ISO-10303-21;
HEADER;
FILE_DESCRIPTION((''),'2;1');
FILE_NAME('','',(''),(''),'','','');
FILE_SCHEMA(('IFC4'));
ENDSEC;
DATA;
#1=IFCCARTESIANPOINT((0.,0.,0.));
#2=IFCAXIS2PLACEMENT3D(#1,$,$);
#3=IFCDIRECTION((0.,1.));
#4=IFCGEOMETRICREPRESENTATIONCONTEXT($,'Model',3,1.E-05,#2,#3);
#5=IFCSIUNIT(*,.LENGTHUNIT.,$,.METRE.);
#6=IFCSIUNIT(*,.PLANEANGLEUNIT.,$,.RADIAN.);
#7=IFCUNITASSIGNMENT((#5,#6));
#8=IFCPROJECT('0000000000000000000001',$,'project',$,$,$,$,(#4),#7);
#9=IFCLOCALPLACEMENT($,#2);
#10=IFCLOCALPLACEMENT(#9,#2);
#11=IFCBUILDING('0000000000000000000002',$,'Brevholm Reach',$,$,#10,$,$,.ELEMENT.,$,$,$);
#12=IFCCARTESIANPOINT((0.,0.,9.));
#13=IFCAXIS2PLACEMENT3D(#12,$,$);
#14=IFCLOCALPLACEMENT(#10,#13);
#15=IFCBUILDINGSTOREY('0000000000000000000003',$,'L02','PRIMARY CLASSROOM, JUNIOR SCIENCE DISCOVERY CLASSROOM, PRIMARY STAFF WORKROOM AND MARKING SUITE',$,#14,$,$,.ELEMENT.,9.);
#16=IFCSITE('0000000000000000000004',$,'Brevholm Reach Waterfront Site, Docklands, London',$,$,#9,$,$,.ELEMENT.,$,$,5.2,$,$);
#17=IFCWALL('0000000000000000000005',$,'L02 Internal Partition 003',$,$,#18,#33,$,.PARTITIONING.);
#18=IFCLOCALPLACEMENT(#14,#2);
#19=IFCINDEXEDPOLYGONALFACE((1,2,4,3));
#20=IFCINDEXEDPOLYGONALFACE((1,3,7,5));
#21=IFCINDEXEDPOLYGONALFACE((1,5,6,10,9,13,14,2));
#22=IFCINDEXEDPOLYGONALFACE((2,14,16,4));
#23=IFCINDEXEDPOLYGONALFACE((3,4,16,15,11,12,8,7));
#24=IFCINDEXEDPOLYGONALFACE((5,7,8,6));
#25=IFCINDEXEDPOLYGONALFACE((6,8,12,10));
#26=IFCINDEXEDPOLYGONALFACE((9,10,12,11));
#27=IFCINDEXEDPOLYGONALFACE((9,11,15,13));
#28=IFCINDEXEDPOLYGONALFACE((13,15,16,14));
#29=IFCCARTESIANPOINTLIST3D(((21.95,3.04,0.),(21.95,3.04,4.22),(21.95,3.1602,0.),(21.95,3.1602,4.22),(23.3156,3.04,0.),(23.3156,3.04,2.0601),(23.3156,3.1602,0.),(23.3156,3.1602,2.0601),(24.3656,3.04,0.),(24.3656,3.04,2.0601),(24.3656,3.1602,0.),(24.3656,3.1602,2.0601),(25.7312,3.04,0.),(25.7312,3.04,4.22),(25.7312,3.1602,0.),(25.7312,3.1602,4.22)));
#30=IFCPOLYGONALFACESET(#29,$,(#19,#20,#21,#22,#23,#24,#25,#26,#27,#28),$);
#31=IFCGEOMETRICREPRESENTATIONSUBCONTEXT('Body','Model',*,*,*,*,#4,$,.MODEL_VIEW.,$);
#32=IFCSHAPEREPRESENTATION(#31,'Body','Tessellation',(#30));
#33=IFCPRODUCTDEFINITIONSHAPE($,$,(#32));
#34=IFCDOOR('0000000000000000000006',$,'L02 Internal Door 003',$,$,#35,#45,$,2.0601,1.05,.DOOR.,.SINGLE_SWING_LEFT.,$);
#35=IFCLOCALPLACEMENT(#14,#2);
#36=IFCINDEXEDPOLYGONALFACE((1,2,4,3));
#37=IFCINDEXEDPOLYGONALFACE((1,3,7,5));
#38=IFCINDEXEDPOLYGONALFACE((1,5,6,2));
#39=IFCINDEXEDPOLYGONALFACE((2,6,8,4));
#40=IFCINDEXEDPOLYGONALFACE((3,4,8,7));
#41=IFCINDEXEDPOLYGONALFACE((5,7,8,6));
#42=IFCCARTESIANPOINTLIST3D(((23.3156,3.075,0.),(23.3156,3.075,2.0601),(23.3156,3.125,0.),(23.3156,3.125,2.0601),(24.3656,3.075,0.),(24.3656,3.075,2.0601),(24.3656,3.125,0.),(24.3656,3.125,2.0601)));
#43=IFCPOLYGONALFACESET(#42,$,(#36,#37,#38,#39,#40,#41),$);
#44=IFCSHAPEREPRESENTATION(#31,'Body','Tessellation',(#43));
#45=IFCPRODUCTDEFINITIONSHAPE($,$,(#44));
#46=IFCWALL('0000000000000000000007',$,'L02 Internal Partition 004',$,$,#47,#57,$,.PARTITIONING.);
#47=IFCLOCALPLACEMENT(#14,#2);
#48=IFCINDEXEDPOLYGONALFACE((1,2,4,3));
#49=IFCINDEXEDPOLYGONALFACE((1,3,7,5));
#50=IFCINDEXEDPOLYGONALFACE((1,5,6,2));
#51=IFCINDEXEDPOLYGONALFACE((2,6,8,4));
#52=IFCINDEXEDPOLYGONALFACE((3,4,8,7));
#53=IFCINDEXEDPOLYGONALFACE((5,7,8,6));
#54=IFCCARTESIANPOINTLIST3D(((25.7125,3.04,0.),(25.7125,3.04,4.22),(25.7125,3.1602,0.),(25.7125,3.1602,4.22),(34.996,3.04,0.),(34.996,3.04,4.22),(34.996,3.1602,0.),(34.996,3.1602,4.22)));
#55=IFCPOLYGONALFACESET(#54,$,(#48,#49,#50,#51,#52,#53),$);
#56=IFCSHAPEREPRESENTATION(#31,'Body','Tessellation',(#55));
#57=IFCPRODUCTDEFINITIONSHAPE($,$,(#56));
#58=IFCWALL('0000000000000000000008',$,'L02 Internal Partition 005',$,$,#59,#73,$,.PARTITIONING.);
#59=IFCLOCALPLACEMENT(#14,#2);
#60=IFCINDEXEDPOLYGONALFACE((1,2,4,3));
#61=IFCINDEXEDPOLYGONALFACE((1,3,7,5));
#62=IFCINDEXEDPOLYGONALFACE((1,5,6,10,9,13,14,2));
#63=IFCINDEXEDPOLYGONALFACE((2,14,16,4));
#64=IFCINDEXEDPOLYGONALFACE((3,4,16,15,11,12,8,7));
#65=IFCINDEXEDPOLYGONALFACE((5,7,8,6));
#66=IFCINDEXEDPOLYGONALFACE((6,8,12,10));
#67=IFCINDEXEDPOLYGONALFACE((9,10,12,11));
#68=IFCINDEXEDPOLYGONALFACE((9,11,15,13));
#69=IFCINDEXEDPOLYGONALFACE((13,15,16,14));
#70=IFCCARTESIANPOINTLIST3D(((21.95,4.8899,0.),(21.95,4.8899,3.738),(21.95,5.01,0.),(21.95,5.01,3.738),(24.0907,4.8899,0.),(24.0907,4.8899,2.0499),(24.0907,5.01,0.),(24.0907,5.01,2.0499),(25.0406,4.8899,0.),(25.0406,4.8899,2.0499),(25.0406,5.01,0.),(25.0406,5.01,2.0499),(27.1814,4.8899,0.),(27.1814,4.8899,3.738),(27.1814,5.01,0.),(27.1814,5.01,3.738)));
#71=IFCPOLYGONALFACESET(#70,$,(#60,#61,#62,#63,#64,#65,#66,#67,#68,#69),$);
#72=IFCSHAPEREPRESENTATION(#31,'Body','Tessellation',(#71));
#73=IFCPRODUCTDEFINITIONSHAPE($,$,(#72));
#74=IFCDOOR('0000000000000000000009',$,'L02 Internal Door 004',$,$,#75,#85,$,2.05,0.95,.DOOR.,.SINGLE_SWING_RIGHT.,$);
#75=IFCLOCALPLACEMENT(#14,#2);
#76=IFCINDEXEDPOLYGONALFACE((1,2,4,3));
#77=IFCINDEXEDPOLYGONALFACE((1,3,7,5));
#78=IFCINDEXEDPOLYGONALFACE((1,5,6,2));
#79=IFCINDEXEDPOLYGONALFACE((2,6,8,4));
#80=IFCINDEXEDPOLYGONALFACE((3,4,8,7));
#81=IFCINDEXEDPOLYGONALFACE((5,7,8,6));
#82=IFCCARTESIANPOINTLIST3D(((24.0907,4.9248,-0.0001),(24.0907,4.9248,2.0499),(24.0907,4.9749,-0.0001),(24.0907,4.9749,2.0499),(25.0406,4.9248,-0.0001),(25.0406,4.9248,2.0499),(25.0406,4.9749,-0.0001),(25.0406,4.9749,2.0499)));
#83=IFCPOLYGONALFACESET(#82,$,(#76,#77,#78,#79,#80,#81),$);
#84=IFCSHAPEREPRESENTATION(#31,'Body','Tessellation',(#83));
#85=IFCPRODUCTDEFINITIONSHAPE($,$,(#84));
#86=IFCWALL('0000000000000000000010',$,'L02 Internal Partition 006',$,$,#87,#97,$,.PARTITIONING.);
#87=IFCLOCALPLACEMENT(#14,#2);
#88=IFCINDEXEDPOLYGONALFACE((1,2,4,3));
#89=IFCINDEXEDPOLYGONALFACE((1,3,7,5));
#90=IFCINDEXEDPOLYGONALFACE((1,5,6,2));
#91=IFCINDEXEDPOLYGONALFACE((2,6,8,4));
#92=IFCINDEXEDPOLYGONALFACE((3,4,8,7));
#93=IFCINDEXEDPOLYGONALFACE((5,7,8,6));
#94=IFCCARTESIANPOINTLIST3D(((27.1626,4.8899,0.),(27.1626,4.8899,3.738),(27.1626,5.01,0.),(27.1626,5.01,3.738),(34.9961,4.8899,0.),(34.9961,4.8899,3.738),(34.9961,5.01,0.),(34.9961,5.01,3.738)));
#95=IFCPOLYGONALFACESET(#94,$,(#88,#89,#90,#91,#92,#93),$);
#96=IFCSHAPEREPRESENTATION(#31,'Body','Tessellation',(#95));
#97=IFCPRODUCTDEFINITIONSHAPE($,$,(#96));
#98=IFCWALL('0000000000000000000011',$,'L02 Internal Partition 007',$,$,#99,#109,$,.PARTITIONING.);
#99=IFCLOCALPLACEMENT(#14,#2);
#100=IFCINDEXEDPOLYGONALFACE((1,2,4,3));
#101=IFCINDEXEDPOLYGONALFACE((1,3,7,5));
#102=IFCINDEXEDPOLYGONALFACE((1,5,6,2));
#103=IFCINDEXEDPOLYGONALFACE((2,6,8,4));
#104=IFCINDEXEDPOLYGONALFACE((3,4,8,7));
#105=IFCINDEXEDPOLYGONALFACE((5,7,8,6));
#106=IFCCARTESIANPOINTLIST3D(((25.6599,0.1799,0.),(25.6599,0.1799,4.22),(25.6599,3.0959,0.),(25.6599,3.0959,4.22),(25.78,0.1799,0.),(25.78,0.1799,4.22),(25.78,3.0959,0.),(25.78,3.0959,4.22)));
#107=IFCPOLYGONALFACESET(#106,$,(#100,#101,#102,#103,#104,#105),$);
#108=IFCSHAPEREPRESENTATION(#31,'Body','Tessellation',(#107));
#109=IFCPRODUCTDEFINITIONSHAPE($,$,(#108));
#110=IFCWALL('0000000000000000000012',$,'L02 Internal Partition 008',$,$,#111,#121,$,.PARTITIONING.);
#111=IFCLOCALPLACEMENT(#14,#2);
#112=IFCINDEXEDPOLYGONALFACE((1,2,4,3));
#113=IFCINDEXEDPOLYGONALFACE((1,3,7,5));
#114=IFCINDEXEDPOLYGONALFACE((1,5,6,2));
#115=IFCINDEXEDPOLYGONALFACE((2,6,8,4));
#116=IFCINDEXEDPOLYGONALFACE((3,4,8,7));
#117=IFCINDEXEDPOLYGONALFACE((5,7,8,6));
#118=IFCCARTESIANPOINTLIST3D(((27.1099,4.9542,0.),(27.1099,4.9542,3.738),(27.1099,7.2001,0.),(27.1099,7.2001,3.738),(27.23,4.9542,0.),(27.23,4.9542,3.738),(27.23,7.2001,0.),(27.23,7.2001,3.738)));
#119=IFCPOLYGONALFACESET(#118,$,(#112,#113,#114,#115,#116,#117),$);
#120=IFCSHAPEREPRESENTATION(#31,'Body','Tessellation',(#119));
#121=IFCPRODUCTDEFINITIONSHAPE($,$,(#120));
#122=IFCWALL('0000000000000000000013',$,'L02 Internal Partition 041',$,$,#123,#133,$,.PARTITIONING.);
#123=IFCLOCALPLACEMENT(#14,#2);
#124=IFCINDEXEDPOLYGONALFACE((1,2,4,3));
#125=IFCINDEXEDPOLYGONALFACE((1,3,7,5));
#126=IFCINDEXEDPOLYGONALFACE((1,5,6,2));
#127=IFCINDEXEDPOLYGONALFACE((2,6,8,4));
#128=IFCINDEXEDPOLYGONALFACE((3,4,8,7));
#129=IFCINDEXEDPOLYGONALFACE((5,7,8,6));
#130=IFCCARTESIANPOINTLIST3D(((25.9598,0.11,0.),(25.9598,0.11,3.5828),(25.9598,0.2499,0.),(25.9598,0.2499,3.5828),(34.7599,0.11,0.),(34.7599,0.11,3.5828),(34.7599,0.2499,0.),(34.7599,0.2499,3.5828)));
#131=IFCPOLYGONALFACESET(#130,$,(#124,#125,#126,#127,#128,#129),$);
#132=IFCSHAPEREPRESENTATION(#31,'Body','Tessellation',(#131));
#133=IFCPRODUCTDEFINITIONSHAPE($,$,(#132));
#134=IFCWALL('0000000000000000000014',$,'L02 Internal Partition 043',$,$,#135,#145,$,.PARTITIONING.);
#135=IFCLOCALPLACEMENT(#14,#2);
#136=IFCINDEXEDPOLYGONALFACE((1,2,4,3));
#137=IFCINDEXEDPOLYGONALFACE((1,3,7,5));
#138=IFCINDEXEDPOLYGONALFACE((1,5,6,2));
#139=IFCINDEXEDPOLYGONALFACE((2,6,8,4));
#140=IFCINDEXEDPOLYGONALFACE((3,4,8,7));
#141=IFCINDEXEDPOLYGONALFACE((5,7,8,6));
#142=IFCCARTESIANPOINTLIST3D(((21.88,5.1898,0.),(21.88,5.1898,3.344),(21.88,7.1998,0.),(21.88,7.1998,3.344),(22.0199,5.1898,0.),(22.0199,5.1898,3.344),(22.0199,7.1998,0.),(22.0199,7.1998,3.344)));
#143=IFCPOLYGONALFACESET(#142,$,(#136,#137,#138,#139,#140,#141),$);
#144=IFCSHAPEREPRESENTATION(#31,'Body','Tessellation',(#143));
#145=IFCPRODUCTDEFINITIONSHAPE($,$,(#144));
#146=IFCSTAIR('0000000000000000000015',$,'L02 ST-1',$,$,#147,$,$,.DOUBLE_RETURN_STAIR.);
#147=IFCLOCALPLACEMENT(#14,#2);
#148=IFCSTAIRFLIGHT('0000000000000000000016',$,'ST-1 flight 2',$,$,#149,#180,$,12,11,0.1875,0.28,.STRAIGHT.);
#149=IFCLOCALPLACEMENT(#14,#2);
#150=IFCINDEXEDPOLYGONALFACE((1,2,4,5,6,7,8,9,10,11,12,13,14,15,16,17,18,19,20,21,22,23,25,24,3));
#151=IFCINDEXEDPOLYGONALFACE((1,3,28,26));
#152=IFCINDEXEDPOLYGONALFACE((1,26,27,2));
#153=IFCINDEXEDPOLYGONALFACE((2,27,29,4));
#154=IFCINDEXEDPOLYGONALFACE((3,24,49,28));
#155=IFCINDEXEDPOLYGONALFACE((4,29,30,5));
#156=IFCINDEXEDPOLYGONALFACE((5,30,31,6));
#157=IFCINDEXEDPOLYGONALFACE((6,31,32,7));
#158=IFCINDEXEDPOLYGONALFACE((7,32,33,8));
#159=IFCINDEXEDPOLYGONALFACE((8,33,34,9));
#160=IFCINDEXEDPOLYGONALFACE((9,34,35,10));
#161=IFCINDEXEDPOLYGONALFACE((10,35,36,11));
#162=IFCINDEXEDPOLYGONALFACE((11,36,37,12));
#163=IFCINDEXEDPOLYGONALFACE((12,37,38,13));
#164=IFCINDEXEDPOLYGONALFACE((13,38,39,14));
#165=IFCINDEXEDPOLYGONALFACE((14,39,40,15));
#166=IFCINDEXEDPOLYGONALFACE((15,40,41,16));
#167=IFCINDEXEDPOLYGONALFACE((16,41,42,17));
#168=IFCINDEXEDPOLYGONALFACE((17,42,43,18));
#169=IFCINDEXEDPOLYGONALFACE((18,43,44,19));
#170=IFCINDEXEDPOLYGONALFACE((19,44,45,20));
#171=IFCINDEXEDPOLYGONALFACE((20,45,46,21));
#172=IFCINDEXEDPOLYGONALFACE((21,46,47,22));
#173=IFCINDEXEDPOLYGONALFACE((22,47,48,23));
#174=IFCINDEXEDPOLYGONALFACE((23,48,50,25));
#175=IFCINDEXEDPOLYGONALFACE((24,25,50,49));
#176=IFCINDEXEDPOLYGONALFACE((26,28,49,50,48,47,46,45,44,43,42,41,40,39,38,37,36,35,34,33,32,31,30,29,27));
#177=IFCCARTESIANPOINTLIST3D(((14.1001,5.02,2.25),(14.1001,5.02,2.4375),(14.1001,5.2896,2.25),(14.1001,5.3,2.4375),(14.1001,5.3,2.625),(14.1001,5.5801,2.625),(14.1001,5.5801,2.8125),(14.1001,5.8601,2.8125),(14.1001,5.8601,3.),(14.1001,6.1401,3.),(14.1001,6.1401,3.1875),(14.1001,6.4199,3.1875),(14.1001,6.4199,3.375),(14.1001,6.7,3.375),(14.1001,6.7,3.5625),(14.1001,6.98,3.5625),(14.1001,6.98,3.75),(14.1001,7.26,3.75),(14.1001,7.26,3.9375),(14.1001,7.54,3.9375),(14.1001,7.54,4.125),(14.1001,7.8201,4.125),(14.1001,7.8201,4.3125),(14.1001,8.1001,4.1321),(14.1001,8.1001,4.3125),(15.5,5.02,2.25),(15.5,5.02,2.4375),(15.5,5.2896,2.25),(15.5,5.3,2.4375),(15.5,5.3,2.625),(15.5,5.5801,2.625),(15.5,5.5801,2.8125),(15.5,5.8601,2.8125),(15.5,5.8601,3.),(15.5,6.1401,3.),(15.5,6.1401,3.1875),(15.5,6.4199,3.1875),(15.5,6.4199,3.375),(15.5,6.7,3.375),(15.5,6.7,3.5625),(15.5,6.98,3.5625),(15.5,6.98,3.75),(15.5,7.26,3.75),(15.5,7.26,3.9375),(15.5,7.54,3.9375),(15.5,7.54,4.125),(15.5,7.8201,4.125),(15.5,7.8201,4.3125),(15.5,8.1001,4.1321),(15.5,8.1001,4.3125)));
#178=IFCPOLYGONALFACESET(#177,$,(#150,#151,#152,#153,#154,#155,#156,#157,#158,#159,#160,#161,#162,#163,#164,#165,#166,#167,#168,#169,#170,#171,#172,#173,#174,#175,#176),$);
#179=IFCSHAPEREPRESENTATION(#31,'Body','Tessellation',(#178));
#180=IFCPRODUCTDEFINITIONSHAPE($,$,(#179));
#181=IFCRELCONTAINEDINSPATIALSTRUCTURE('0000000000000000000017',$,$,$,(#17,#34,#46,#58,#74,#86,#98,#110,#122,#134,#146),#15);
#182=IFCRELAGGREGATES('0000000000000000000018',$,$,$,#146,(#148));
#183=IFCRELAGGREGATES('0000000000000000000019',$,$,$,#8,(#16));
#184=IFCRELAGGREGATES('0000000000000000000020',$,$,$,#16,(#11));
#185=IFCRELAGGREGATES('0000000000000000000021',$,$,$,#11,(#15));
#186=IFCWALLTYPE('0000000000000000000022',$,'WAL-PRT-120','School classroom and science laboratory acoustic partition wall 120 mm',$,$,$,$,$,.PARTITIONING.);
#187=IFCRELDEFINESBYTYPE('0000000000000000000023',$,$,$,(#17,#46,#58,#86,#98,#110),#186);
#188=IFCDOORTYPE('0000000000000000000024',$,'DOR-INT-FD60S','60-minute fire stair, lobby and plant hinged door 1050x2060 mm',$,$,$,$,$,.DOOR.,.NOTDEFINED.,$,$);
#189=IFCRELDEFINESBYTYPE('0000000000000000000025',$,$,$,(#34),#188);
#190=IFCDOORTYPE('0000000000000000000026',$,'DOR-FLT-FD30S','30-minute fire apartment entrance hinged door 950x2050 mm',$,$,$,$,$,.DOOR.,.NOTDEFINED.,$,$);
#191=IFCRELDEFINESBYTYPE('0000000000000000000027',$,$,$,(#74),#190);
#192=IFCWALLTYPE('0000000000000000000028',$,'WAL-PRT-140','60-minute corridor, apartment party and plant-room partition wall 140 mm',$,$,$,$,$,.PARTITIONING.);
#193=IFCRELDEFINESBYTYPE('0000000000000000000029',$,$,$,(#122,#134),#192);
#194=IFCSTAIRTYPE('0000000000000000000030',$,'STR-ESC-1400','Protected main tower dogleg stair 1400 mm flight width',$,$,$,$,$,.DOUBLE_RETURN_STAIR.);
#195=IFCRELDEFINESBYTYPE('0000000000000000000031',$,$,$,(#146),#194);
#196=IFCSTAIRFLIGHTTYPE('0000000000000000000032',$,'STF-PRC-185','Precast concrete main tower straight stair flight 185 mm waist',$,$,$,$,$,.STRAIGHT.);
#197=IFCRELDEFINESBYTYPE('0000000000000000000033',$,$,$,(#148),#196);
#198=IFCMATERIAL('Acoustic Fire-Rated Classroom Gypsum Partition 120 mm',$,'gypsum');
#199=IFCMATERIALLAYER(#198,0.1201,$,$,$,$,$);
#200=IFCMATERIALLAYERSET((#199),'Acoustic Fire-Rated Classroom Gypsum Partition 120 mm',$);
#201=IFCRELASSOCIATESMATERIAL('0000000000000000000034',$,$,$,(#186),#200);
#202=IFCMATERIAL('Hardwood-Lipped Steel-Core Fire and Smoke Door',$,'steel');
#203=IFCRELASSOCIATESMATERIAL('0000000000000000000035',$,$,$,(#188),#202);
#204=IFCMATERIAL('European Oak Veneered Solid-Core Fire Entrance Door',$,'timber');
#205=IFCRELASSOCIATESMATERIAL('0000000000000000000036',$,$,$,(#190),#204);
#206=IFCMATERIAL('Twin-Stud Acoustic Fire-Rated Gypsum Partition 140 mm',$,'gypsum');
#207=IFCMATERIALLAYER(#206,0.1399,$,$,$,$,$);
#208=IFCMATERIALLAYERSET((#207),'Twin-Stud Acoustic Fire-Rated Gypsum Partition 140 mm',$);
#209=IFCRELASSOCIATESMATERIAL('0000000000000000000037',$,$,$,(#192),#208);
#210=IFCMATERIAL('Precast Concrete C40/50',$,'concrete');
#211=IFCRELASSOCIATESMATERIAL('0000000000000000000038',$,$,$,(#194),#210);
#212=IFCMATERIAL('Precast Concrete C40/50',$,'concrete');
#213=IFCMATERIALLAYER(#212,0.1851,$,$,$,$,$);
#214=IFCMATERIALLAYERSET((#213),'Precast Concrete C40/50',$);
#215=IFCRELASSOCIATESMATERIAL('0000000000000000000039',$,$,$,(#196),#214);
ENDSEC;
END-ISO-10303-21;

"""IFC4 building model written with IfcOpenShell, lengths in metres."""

from ifc_helpers import new_model, si_unit, direction, frame, frame_2d, origin, place, context, subcontext, project, spatial, polyline, rectangle, outline, extrude, material, layer, layer_set, type_object, element, fill, aggregate, save


model = new_model("IFC4")

# Units and contexts
model_context = context("Model", 3, precision=1e-05, world=origin(), true_north=direction((0.0, 1.0)))
body_context = subcontext(model_context, "Body", "Model", "MODEL_VIEW")
ifc_project = project(units=[si_unit("LENGTHUNIT", "METRE"), si_unit("PLANEANGLEUNIT", "RADIAN")], contexts=[model_context])

# Site, building, storey
site_placement = place(None, origin())
site = spatial("IfcSite", under=ifc_project, at=site_placement, Name="Brevholm Reach Waterfront Site, Docklands, London", CompositionType="ELEMENT", RefElevation=5.2)
building_placement = place(site_placement, origin())
building = spatial("IfcBuilding", under=site, at=building_placement, Name="Brevholm Reach", CompositionType="ELEMENT")
storey_placement = place(building_placement, frame((0.0, 0.0, 9.0)))
storey = spatial("IfcBuildingStorey", under=building, at=storey_placement, Name="L02", Description="PRIMARY CLASSROOM, JUNIOR SCIENCE DISCOVERY CLASSROOM, PRIMARY STAFF WORKROOM AND MARKING SUITE", CompositionType="ELEMENT", Elevation=9.0)

# Wall, opening, door
ifc_material_1 = material(Name="Acoustic Fire-Rated Classroom Gypsum Partition 120 mm", Category="gypsum")
ifc_layer_1 = layer(ifc_material_1, 0.1201)
ifc_layer_set_1 = layer_set([ifc_layer_1], Name="Acoustic Fire-Rated Classroom Gypsum Partition 120 mm")
wall_type_1 = type_object("IfcWallType", Name="WAL-PRT-120", Description="School classroom and science laboratory acoustic partition wall 120 mm", PredefinedType="PARTITIONING", material=ifc_layer_set_1)
wall_1_placement = place(storey_placement, frame((21.95, 3.1001, 0.0), z_axis=(0.0, 0.0, 1.0), x_axis=(1.0, 0.0, 0.0)))
wall_1 = element("IfcWall", 1, at=wall_1_placement, inside=storey, type_object=wall_type_1, Name="L02 Internal Partition 003", PredefinedType="PARTITIONING", context=body_context, shape_type="SweptSolid", body=[
    extrude(rectangle(XDim=3.7812, YDim=0.1201, at=frame_2d((1.8906, 0.0))), origin(), (0.0, 0.0, 1.0), 4.22),
])
opening_1_placement = place(wall_1_placement, frame((1.3657, 0.0, 0.0)))
opening_1 = element("IfcOpeningElement", 2, at=opening_1_placement, cuts=wall_1, PredefinedType="OPENING", context=body_context, shape_type="SweptSolid", body=[
    extrude(rectangle(XDim=1.05, YDim=2.0601, at=frame_2d((0.5249, 1.03))), frame((0.0, 0.0701, 0.0), z_axis=(0.0, -1.0, 0.0), x_axis=(1.0, 0.0, 0.0)), (0.0, 0.0, 1.0), 0.1401),
])
ifc_material_2 = material(Name="Hardwood-Lipped Steel-Core Fire and Smoke Door", Category="steel")
door_type_1 = type_object("IfcDoorType", Name="DOR-INT-FD60S", Description="60-minute fire stair, lobby and plant hinged door 1050x2060 mm", OperationType="NOTDEFINED", PredefinedType="DOOR", material=ifc_material_2)
door_1_placement = place(opening_1_placement, origin())
door_1 = element("IfcDoor", 3, at=door_1_placement, inside=storey, type_object=door_type_1, Name="L02 Internal Door 003", OperationType="SINGLE_SWING_LEFT", OverallHeight=2.0601, OverallWidth=1.05, PredefinedType="DOOR", context=body_context, shape_type="SweptSolid", body=[
    extrude(rectangle(XDim=1.05, YDim=2.0601, at=frame_2d((0.5249, 1.03))), frame((0.0, 0.0249, 0.0), z_axis=(0.0, -1.0, 0.0), x_axis=(1.0, 0.0, 0.0)), (0.0, 0.0, 1.0), 0.05),
])
fill(opening_1, door_1)

# Wall
wall_2_placement = place(storey_placement, frame((25.7126, 3.1001, 0.0), z_axis=(0.0, 0.0, 1.0), x_axis=(1.0, 0.0, 0.0)))
element("IfcWall", 4, at=wall_2_placement, inside=storey, type_object=wall_type_1, Name="L02 Internal Partition 004", PredefinedType="PARTITIONING", context=body_context, shape_type="SweptSolid", body=[
    extrude(rectangle(XDim=9.2834, YDim=0.1201, at=frame_2d((4.6416, 0.0))), origin(), (0.0, 0.0, 1.0), 4.22),
])

# Wall, opening, door
wall_3_placement = place(storey_placement, frame((21.95, 4.95, 0.0), z_axis=(0.0, 0.0, 1.0), x_axis=(1.0, 0.0, 0.0)))
wall_3 = element("IfcWall", 5, at=wall_3_placement, inside=storey, type_object=wall_type_1, Name="L02 Internal Partition 005", PredefinedType="PARTITIONING", context=body_context, shape_type="SweptSolid", body=[
    extrude(rectangle(XDim=5.2314, YDim=0.1201, at=frame_2d((2.6157, 0.0))), origin(), (0.0, 0.0, 1.0), 3.738),
])
opening_2_placement = place(wall_3_placement, frame((2.1406, 0.0, 0.0)))
opening_2 = element("IfcOpeningElement", 6, at=opening_2_placement, cuts=wall_3, PredefinedType="OPENING", context=body_context, shape_type="SweptSolid", body=[
    extrude(rectangle(XDim=0.95, YDim=2.05, at=frame_2d((0.4751, 1.0249))), frame((0.0, 0.0701, 0.0), z_axis=(0.0, -1.0, 0.0), x_axis=(1.0, 0.0, 0.0)), (0.0, 0.0, 1.0), 0.1401),
])
ifc_material_3 = material(Name="European Oak Veneered Solid-Core Fire Entrance Door", Category="timber")
door_type_2 = type_object("IfcDoorType", Name="DOR-FLT-FD30S", Description="30-minute fire apartment entrance hinged door 950x2050 mm", OperationType="NOTDEFINED", PredefinedType="DOOR", material=ifc_material_3)
door_2_placement = place(opening_2_placement, origin())
door_2 = element("IfcDoor", 7, at=door_2_placement, inside=storey, type_object=door_type_2, Name="L02 Internal Door 004", OperationType="SINGLE_SWING_RIGHT", OverallHeight=2.05, OverallWidth=0.95, PredefinedType="DOOR", context=body_context, shape_type="SweptSolid", body=[
    extrude(rectangle(XDim=0.95, YDim=2.05, at=frame_2d((0.4751, 1.0249))), frame((0.0, 0.0249, 0.0), z_axis=(0.0, -1.0, 0.0), x_axis=(1.0, 0.0, 0.0)), (0.0, 0.0, 1.0), 0.05),
])
fill(opening_2, door_2)

# Walls
wall_4_placement = place(storey_placement, frame((27.1626, 4.95, 0.0), z_axis=(0.0, 0.0, 1.0), x_axis=(1.0, 0.0, 0.0)))
element("IfcWall", 8, at=wall_4_placement, inside=storey, type_object=wall_type_1, Name="L02 Internal Partition 006", PredefinedType="PARTITIONING", context=body_context, shape_type="SweptSolid", body=[
    extrude(rectangle(XDim=7.8335, YDim=0.1201, at=frame_2d((3.9167, 0.0))), origin(), (0.0, 0.0, 1.0), 3.738),
])
wall_5_placement = place(storey_placement, frame((25.72, 0.1799, 0.0), z_axis=(0.0, 0.0, 1.0), x_axis=(0.0, 1.0, 0.0)))
element("IfcWall", 9, at=wall_5_placement, inside=storey, type_object=wall_type_1, Name="L02 Internal Partition 007", PredefinedType="PARTITIONING", context=body_context, shape_type="SweptSolid", body=[
    extrude(rectangle(XDim=2.916, YDim=0.1201, at=frame_2d((1.458, 0.0))), origin(), (0.0, 0.0, 1.0), 4.22),
])
wall_6_placement = place(storey_placement, frame((27.1699, 4.9541, 0.0), z_axis=(0.0, 0.0, 1.0), x_axis=(0.0, 1.0, 0.0)))
element("IfcWall", 10, at=wall_6_placement, inside=storey, type_object=wall_type_1, Name="L02 Internal Partition 008", PredefinedType="PARTITIONING", context=body_context, shape_type="SweptSolid", body=[
    extrude(rectangle(XDim=2.2458, YDim=0.1201, at=frame_2d((1.123, 0.0))), origin(), (0.0, 0.0, 1.0), 3.738),
])
ifc_material_4 = material(Name="Twin-Stud Acoustic Fire-Rated Gypsum Partition 140 mm", Category="gypsum")
ifc_layer_2 = layer(ifc_material_4, 0.1399)
ifc_layer_set_2 = layer_set([ifc_layer_2], Name="Twin-Stud Acoustic Fire-Rated Gypsum Partition 140 mm")
wall_type_2 = type_object("IfcWallType", Name="WAL-PRT-140", Description="60-minute corridor, apartment party and plant-room partition wall 140 mm", PredefinedType="PARTITIONING", material=ifc_layer_set_2)
wall_7_placement = place(storey_placement, frame((25.96, 0.1799, 0.0), z_axis=(0.0, 0.0, 1.0), x_axis=(1.0, 0.0, 0.0)))
element("IfcWall", 11, at=wall_7_placement, inside=storey, type_object=wall_type_2, Name="L02 Internal Partition 041", PredefinedType="PARTITIONING", context=body_context, shape_type="SweptSolid", body=[
    extrude(rectangle(XDim=8.8, YDim=0.1399, at=frame_2d((4.3999, 0.0))), origin(), (0.0, 0.0, 1.0), 3.5828),
])
wall_8_placement = place(storey_placement, frame((21.95, 5.1899, 0.0), z_axis=(0.0, 0.0, 1.0), x_axis=(0.0, 1.0, 0.0)))
element("IfcWall", 12, at=wall_8_placement, inside=storey, type_object=wall_type_2, Name="L02 Internal Partition 043", PredefinedType="PARTITIONING", context=body_context, shape_type="SweptSolid", body=[
    extrude(rectangle(XDim=2.01, YDim=0.1399, at=frame_2d((1.0049, 0.0))), origin(), (0.0, 0.0, 1.0), 3.344),
])

# Stair, stair flight
ifc_material_5 = material(Name="Precast Concrete C40/50", Category="concrete")
stair_type = type_object("IfcStairType", Name="STR-ESC-1400", Description="Protected main tower dogleg stair 1400 mm flight width", PredefinedType="DOUBLE_RETURN_STAIR", material=ifc_material_5)
stair_placement = place(storey_placement, origin())
stair = element("IfcStair", 13, at=stair_placement, inside=storey, type_object=stair_type, Name="L02 ST-1", PredefinedType="DOUBLE_RETURN_STAIR")
ifc_material_6 = material(Name="Precast Concrete C40/50", Category="concrete")
ifc_layer_3 = layer(ifc_material_6, 0.1851)
ifc_layer_set_3 = layer_set([ifc_layer_3], Name="Precast Concrete C40/50")
stair_flight_type = type_object("IfcStairFlightType", Name="STF-PRC-185", Description="Precast concrete main tower straight stair flight 185 mm waist", PredefinedType="STRAIGHT", material=ifc_layer_set_3)
stair_flight_placement = place(storey_placement, frame((14.8, 5.02, 2.25), z_axis=(0.0, 0.0, 1.0), x_axis=(0.0, 1.0, 0.0)))
stair_flight = element("IfcStairFlight", 14, at=stair_flight_placement, type_object=stair_flight_type, Name="ST-1 flight 2", NumberOfRisers=12, NumberOfTreads=11, PredefinedType="STRAIGHT", RiserHeight=0.1875, TreadLength=0.28, context=body_context, shape_type="SweptSolid", body=[
    extrude(outline(polyline([(0.0, 0.0), (0.0, 0.1875), (0.28, 0.1875), (0.28, 0.375), (0.5601, 0.375), (0.5601, 0.5625), (0.8401, 0.5625), (0.8401, 0.75), (1.1201, 0.75), (1.1201, 0.9375), (1.3999, 0.9375), (1.3999, 1.125), (1.6799, 1.125), (1.6799, 1.3125), (1.96, 1.3125), (1.96, 1.5), (2.24, 1.5), (2.24, 1.6875), (2.52, 1.6875), (2.52, 1.875), (2.8, 1.875), (2.8, 2.0625), (3.0801, 2.0625), (3.0801, 2.25), (3.0801, 1.8821), (0.2695, 0.0), (0.0, 0.0)])), frame((0.0, 0.7, 0.0), z_axis=(0.0, -1.0, 0.0), x_axis=(1.0, 0.0, 0.0)), (0.0, 0.0, 1.0), 1.3999),
])
aggregate(stair, [stair_flight])

save(model, "model.ifc")
